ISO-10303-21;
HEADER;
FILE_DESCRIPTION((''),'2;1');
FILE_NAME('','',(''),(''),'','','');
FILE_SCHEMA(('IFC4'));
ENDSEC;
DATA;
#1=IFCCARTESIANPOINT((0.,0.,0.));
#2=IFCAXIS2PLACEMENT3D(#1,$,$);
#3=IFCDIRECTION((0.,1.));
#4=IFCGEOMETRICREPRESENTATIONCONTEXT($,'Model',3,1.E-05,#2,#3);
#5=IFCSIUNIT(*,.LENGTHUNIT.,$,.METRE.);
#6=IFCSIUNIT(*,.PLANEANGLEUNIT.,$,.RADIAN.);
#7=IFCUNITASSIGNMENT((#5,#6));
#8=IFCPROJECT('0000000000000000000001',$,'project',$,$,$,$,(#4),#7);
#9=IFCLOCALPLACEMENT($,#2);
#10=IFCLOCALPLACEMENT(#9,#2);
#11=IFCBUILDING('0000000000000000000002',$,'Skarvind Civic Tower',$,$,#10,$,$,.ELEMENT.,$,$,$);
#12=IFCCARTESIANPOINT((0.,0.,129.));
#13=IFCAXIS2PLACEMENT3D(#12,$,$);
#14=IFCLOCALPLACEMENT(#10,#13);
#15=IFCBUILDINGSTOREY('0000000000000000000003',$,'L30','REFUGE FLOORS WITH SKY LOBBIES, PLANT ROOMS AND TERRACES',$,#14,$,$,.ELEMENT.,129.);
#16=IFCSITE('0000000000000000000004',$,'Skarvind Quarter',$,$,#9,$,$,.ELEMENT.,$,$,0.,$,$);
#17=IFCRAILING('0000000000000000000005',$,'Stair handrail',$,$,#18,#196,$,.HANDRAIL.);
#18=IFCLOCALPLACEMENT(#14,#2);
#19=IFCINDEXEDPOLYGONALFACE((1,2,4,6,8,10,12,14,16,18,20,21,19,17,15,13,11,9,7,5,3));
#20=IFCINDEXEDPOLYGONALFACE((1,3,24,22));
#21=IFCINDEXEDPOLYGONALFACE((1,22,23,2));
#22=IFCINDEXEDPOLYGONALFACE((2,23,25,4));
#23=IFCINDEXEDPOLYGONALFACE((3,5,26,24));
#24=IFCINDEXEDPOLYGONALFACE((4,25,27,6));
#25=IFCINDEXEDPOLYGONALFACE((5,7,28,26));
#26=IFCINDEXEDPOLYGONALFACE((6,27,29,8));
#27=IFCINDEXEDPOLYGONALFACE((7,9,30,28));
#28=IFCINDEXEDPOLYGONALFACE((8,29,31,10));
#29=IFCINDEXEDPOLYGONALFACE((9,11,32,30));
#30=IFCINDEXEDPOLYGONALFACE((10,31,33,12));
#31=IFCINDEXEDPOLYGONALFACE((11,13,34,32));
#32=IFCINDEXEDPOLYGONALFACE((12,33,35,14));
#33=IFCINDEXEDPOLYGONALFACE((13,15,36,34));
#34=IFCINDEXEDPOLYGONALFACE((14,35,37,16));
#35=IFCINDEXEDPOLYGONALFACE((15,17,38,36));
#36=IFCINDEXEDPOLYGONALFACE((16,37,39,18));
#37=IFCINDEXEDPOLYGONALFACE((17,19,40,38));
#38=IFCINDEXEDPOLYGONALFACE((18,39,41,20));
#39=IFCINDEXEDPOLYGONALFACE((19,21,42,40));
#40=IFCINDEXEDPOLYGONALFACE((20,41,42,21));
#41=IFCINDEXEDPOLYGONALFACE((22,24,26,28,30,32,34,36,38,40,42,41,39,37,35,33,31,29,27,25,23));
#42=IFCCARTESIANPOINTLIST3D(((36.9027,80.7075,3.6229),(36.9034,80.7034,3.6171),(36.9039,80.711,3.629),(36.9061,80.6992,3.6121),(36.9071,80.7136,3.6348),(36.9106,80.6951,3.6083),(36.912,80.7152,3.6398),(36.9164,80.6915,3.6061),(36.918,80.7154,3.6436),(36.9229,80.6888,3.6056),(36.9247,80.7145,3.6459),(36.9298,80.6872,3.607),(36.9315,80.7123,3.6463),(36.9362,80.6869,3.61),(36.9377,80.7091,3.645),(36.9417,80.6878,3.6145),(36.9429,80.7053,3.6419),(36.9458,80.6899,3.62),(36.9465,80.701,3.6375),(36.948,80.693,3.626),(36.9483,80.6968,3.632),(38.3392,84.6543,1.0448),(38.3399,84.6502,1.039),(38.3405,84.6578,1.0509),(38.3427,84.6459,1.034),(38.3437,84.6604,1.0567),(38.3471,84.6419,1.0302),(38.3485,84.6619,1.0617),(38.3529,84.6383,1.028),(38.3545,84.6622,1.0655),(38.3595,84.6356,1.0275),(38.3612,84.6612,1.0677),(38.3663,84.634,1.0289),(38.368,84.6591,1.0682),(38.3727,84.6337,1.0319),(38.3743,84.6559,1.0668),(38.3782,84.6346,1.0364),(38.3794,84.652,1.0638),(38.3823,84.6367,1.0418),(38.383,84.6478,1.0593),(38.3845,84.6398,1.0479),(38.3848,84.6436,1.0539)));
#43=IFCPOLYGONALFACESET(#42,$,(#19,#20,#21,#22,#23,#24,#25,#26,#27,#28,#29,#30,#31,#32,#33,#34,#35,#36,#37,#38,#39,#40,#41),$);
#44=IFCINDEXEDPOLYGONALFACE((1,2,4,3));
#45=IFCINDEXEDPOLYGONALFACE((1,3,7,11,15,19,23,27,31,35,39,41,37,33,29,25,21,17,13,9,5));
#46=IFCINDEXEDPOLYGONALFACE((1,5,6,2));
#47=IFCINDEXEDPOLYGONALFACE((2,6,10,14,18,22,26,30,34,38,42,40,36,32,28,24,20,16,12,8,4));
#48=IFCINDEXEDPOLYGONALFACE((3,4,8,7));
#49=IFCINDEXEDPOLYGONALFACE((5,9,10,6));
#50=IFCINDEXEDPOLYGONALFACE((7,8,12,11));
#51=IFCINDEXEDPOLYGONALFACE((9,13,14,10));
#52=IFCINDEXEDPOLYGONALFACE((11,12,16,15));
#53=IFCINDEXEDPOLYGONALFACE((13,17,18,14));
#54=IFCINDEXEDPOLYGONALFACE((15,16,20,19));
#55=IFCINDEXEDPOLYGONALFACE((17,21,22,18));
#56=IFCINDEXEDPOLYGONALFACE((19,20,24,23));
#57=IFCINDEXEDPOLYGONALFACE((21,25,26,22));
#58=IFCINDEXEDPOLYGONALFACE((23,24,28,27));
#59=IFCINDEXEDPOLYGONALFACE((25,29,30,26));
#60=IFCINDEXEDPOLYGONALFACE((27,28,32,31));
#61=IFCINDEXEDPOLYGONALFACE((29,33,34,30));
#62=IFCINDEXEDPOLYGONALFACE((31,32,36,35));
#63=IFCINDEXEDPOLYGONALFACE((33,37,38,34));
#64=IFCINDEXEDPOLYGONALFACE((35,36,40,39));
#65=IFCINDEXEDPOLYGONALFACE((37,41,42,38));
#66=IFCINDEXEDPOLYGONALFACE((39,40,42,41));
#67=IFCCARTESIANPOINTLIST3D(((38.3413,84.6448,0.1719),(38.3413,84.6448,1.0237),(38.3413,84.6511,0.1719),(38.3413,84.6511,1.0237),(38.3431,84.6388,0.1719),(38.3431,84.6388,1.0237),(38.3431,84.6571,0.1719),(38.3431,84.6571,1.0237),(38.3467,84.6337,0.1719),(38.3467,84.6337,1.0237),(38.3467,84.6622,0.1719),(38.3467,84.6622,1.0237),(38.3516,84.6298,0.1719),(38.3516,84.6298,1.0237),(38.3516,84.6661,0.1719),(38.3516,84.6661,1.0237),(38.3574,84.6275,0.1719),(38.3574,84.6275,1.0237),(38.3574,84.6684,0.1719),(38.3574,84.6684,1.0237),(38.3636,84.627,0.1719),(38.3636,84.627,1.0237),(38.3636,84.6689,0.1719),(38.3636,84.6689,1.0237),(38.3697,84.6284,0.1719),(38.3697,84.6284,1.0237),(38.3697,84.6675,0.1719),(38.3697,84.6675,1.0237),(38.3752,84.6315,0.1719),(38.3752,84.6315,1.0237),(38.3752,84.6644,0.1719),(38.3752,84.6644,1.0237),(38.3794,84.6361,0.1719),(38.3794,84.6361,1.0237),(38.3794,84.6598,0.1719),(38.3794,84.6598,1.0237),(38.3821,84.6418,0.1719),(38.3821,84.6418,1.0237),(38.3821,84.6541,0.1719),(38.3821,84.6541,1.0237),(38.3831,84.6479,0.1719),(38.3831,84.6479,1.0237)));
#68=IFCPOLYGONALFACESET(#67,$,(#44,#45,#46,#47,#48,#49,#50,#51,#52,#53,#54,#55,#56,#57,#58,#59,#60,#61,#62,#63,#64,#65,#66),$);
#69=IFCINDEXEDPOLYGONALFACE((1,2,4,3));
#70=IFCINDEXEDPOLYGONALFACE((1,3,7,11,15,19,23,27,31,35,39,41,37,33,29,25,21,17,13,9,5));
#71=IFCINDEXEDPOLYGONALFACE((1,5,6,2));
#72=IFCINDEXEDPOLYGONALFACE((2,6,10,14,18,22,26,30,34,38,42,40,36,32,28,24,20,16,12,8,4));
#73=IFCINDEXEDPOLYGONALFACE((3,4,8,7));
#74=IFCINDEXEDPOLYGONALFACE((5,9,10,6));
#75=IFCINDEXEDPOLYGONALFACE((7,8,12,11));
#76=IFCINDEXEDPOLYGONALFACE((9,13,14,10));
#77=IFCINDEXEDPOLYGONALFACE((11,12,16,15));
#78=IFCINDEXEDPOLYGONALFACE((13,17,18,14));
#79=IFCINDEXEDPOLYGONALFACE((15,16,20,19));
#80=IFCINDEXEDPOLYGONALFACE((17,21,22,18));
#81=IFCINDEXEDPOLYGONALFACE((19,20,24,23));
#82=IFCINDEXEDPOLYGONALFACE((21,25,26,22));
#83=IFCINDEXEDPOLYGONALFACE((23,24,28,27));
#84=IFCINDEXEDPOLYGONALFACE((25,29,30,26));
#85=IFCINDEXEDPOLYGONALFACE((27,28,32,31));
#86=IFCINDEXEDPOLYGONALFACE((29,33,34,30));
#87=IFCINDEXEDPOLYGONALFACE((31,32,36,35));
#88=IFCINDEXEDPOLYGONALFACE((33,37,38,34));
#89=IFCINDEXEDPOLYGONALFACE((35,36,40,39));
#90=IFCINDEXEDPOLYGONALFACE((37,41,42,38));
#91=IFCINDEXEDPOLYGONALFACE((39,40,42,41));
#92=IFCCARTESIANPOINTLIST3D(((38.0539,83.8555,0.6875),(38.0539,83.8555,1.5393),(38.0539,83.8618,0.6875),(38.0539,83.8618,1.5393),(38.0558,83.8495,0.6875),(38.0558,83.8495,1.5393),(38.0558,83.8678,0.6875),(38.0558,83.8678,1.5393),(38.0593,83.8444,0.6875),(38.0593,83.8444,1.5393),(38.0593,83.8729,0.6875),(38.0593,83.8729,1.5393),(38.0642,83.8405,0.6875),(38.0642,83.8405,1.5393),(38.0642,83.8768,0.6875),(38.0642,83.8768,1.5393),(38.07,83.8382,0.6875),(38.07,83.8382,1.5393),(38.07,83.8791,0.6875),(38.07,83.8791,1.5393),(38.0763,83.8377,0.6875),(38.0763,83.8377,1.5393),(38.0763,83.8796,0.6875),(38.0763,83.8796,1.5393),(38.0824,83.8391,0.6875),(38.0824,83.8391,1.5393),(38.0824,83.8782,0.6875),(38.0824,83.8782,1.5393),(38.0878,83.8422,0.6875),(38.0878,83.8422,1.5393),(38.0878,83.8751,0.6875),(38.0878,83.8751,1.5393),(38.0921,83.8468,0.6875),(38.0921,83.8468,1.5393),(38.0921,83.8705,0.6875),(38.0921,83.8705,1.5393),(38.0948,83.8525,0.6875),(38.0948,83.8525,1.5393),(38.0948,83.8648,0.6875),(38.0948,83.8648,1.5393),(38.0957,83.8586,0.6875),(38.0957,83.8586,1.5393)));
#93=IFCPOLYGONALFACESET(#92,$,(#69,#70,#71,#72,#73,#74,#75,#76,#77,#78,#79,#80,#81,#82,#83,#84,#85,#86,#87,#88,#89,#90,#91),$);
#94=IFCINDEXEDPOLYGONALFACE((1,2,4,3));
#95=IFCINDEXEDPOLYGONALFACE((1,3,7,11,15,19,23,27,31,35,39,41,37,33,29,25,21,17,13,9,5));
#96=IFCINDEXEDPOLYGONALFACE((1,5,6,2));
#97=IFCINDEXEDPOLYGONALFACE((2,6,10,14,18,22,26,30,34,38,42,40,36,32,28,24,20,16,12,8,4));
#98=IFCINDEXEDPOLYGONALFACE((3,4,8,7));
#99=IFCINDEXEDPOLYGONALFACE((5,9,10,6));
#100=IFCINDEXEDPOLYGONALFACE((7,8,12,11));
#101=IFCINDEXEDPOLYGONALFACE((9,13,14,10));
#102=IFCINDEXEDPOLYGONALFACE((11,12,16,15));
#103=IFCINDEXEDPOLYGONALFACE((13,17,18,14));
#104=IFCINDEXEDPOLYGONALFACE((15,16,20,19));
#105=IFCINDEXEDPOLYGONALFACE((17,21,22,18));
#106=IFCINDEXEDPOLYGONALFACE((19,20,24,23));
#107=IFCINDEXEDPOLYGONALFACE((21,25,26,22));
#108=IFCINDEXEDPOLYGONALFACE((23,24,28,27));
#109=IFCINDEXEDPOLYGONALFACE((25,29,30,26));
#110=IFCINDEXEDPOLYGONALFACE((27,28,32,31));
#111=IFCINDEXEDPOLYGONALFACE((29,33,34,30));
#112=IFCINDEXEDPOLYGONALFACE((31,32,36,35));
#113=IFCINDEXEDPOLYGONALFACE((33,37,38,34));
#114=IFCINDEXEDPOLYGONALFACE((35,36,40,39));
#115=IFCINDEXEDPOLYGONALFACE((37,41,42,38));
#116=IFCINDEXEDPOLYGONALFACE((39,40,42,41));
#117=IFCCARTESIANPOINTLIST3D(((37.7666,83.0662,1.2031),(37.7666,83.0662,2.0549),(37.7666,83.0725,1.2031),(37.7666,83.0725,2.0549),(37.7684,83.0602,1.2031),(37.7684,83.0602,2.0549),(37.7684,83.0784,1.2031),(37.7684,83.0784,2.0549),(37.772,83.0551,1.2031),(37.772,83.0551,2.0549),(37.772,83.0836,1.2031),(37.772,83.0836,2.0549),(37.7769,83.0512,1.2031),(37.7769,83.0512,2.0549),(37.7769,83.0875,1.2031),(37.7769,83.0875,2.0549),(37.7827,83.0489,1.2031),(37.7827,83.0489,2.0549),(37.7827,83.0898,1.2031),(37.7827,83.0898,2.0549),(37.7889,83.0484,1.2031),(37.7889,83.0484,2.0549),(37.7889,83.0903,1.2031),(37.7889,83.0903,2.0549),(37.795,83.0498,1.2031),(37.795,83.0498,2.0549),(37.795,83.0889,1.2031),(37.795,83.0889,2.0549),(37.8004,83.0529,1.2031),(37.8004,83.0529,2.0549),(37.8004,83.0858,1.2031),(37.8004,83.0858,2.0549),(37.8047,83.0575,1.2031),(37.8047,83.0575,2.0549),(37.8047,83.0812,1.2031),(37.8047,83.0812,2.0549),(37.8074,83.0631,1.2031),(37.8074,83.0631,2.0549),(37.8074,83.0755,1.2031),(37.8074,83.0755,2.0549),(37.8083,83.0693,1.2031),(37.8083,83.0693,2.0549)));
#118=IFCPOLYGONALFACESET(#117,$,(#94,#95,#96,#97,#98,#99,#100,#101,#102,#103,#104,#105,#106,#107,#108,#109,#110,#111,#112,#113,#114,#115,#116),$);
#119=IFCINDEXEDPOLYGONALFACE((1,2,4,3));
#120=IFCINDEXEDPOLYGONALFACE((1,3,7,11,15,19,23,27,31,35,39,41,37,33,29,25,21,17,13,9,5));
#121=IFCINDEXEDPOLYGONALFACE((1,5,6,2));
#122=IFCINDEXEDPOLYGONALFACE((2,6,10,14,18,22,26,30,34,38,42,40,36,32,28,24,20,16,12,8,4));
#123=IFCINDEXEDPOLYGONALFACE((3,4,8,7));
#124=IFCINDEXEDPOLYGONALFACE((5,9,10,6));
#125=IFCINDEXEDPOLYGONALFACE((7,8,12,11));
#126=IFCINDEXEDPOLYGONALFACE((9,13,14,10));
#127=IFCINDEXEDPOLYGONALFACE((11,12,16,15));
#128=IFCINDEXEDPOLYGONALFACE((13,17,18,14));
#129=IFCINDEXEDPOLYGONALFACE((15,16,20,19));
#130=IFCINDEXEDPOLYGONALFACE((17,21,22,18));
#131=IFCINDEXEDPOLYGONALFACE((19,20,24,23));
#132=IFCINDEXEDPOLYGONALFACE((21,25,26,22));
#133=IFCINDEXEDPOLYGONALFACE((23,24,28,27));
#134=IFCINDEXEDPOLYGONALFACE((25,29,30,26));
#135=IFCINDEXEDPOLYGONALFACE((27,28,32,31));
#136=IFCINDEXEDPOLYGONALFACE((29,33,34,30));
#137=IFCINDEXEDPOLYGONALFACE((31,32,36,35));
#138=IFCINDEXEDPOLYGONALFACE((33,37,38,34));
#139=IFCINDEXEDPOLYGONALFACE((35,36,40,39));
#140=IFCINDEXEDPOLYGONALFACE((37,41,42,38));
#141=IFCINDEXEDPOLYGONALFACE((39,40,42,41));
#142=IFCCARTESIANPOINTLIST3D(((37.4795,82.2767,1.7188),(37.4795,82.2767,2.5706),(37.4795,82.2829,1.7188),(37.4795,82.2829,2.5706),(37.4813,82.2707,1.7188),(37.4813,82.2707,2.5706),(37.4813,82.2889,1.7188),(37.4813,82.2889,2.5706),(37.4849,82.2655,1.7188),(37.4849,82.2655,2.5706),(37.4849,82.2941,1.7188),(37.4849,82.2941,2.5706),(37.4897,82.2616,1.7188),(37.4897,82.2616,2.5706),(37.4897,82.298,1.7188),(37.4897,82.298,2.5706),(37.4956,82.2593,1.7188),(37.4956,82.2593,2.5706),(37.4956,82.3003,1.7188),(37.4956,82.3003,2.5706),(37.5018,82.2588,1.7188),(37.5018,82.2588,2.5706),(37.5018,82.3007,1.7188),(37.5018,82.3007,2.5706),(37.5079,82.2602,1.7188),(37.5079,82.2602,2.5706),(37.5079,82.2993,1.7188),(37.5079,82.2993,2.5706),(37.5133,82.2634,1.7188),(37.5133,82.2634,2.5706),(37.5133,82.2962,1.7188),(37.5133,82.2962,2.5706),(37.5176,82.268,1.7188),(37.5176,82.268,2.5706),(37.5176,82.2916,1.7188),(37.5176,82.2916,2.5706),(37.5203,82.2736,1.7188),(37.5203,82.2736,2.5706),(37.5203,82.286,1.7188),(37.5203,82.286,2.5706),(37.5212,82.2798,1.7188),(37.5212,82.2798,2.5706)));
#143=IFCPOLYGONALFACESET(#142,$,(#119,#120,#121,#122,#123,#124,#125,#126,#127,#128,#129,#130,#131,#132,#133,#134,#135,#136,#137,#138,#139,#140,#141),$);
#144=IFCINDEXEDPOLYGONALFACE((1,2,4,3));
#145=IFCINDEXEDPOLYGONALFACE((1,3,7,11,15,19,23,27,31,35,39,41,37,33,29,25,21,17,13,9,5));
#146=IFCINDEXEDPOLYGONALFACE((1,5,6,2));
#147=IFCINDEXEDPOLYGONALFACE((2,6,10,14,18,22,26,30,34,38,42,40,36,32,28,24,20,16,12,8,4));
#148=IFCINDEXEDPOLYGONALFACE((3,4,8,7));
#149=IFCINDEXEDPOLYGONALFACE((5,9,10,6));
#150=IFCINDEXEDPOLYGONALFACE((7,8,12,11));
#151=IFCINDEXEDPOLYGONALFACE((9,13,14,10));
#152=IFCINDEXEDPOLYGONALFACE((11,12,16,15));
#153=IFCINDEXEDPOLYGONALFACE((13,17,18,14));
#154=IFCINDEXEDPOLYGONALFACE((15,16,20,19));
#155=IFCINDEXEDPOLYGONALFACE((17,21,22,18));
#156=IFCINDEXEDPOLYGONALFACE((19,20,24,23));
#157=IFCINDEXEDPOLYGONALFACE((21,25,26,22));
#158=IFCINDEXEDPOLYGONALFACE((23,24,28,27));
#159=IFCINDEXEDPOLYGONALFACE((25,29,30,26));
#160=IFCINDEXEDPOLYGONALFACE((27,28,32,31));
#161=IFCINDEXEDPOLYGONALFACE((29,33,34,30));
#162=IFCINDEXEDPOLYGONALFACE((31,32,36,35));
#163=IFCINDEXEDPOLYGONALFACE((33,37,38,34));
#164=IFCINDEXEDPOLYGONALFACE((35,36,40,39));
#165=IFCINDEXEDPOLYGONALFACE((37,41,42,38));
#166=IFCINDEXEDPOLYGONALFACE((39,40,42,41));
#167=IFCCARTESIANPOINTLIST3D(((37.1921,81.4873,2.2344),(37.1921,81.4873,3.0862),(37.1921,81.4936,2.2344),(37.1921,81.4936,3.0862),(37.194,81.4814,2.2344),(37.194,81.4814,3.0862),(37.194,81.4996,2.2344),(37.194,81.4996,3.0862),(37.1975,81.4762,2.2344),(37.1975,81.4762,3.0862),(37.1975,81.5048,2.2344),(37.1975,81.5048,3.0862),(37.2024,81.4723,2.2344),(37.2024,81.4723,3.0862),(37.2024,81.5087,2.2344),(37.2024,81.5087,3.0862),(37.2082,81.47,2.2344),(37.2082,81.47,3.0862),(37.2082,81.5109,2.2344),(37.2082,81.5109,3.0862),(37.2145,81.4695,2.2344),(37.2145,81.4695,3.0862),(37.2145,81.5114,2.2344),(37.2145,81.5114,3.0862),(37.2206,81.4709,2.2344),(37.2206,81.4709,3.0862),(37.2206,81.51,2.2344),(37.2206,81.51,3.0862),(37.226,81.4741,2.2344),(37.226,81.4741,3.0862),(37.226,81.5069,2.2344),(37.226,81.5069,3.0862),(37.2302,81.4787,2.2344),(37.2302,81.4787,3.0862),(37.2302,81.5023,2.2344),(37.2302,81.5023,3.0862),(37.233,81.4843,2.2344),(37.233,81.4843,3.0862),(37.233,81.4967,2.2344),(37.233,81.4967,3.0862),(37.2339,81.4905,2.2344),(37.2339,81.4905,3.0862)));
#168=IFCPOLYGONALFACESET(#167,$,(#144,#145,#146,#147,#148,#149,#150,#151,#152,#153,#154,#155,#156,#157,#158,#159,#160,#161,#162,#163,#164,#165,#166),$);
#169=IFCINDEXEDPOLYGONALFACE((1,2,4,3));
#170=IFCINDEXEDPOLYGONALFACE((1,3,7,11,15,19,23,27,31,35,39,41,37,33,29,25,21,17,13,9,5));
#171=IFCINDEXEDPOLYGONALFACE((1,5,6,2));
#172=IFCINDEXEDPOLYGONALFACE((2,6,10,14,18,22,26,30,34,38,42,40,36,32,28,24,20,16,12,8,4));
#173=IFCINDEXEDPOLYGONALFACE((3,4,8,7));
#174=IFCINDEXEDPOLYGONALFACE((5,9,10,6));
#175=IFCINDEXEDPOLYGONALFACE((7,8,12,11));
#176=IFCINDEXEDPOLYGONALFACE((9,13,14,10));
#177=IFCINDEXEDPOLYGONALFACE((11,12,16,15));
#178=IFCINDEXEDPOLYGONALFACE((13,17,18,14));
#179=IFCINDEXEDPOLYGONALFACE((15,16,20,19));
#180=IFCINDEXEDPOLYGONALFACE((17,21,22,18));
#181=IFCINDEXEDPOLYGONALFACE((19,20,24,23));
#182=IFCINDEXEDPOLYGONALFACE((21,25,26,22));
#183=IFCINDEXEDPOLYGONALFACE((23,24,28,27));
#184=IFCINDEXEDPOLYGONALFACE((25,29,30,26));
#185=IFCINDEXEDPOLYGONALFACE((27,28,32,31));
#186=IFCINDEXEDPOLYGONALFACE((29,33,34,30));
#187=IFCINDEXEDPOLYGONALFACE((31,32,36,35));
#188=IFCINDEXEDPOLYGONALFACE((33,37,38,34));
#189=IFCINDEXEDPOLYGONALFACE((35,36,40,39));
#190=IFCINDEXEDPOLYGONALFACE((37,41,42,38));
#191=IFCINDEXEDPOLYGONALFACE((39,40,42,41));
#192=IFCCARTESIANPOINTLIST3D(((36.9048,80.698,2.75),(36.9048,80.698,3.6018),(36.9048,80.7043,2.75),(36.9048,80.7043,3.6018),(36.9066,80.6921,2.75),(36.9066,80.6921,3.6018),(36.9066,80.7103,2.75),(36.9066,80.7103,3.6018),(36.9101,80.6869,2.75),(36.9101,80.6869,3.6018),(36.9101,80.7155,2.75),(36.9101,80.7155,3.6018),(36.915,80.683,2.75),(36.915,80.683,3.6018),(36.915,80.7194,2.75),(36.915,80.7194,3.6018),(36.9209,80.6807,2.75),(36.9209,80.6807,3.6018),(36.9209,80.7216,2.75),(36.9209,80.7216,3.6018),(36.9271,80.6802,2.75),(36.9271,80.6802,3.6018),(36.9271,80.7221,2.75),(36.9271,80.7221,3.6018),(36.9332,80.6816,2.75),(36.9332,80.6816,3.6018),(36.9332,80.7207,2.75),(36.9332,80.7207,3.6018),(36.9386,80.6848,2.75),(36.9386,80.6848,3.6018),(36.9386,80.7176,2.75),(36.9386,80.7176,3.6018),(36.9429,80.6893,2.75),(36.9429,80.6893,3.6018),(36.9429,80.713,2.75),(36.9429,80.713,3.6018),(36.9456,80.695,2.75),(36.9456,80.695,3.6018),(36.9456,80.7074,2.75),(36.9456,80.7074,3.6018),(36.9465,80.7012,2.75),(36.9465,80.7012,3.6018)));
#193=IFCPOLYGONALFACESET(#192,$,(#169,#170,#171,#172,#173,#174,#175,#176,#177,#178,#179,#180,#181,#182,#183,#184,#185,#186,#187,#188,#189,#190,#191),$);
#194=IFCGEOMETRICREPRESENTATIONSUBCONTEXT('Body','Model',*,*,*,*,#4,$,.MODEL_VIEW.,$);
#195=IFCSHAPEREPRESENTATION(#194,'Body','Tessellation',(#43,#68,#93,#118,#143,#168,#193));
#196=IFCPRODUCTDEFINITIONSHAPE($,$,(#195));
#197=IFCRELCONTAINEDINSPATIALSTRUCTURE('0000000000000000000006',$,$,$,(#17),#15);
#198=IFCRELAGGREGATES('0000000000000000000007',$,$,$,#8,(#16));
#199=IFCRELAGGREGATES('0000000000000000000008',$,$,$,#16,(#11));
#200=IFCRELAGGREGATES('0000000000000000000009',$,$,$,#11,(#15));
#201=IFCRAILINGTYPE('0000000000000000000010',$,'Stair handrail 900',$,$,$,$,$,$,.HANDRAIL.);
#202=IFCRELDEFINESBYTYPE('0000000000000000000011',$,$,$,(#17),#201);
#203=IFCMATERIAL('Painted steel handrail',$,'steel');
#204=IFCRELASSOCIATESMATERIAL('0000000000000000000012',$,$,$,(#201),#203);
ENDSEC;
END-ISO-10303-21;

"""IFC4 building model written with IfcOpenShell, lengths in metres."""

from ifc_helpers import new_model, si_unit, direction, frame, origin, origin_2d, place, context, subcontext, project, spatial, circle, extrude, material, type_object, element, save


model = new_model("IFC4")

# Units and contexts
model_context = context("Model", 3, precision=1e-05, world=origin(), true_north=direction((0.0, 1.0)))
body_context = subcontext(model_context, "Body", "Model", "MODEL_VIEW")
ifc_project = project(units=[si_unit("LENGTHUNIT", "METRE"), si_unit("PLANEANGLEUNIT", "RADIAN")], contexts=[model_context])

# Site, building, storey
site_placement = place(None, origin())
site = spatial("IfcSite", under=ifc_project, at=site_placement, Name="Skarvind Quarter", CompositionType="ELEMENT", RefElevation=0.0)
building_placement = place(site_placement, origin())
building = spatial("IfcBuilding", under=site, at=building_placement, Name="Skarvind Civic Tower", CompositionType="ELEMENT")
storey_placement = place(building_placement, frame((0.0, 0.0, 129.0)))
storey = spatial("IfcBuildingStorey", under=building, at=storey_placement, Name="L30", Description="REFUGE FLOORS WITH SKY LOBBIES, PLANT ROOMS AND TERRACES", CompositionType="ELEMENT", Elevation=129.0)

# Railing
ifc_material_1 = material(Name="Painted steel handrail", Category="steel")
railing_type = type_object("IfcRailingType", Name="Stair handrail 900", PredefinedType="HANDRAIL", material=ifc_material_1)
railing_1_placement = place(storey_placement, frame((38.3621, 84.6479, 0.1719)))
element("IfcRailing", 1, at=railing_1_placement, inside=storey, type_object=railing_type, Name="Stair handrail", PredefinedType="HANDRAIL", context=body_context, shape_type="SweptSolid", body=[
    extrude(circle(Radius=0.0239, at=origin_2d()), frame((0.0, 0.0, 0.876), z_axis=(-0.291489, -0.800852, 0.523135), x_axis=(0.939692, -0.342023, 0.0)), (0.0, 0.0, 1.0), 4.9282),
    extrude(circle(Radius=0.021, at=origin_2d()), origin(), (0.0, 0.0, 1.0), 0.8518),
    extrude(circle(Radius=0.021, at=origin_2d()), frame((-0.2874, -0.7893, 0.5156)), (0.0, 0.0, 1.0), 0.8518),
    extrude(circle(Radius=0.021, at=origin_2d()), frame((-0.5747, -1.5786, 1.0312)), (0.0, 0.0, 1.0), 0.8518),
    extrude(circle(Radius=0.021, at=origin_2d()), frame((-0.8618, -2.3682, 1.5469)), (0.0, 0.0, 1.0), 0.8518),
    extrude(circle(Radius=0.021, at=origin_2d()), frame((-1.1492, -3.1575, 2.0625)), (0.0, 0.0, 1.0), 0.8518),
    extrude(circle(Radius=0.021, at=origin_2d()), frame((-1.4365, -3.9468, 2.5781)), (0.0, 0.0, 1.0), 0.8518),
])

save(model, "model.ifc")
